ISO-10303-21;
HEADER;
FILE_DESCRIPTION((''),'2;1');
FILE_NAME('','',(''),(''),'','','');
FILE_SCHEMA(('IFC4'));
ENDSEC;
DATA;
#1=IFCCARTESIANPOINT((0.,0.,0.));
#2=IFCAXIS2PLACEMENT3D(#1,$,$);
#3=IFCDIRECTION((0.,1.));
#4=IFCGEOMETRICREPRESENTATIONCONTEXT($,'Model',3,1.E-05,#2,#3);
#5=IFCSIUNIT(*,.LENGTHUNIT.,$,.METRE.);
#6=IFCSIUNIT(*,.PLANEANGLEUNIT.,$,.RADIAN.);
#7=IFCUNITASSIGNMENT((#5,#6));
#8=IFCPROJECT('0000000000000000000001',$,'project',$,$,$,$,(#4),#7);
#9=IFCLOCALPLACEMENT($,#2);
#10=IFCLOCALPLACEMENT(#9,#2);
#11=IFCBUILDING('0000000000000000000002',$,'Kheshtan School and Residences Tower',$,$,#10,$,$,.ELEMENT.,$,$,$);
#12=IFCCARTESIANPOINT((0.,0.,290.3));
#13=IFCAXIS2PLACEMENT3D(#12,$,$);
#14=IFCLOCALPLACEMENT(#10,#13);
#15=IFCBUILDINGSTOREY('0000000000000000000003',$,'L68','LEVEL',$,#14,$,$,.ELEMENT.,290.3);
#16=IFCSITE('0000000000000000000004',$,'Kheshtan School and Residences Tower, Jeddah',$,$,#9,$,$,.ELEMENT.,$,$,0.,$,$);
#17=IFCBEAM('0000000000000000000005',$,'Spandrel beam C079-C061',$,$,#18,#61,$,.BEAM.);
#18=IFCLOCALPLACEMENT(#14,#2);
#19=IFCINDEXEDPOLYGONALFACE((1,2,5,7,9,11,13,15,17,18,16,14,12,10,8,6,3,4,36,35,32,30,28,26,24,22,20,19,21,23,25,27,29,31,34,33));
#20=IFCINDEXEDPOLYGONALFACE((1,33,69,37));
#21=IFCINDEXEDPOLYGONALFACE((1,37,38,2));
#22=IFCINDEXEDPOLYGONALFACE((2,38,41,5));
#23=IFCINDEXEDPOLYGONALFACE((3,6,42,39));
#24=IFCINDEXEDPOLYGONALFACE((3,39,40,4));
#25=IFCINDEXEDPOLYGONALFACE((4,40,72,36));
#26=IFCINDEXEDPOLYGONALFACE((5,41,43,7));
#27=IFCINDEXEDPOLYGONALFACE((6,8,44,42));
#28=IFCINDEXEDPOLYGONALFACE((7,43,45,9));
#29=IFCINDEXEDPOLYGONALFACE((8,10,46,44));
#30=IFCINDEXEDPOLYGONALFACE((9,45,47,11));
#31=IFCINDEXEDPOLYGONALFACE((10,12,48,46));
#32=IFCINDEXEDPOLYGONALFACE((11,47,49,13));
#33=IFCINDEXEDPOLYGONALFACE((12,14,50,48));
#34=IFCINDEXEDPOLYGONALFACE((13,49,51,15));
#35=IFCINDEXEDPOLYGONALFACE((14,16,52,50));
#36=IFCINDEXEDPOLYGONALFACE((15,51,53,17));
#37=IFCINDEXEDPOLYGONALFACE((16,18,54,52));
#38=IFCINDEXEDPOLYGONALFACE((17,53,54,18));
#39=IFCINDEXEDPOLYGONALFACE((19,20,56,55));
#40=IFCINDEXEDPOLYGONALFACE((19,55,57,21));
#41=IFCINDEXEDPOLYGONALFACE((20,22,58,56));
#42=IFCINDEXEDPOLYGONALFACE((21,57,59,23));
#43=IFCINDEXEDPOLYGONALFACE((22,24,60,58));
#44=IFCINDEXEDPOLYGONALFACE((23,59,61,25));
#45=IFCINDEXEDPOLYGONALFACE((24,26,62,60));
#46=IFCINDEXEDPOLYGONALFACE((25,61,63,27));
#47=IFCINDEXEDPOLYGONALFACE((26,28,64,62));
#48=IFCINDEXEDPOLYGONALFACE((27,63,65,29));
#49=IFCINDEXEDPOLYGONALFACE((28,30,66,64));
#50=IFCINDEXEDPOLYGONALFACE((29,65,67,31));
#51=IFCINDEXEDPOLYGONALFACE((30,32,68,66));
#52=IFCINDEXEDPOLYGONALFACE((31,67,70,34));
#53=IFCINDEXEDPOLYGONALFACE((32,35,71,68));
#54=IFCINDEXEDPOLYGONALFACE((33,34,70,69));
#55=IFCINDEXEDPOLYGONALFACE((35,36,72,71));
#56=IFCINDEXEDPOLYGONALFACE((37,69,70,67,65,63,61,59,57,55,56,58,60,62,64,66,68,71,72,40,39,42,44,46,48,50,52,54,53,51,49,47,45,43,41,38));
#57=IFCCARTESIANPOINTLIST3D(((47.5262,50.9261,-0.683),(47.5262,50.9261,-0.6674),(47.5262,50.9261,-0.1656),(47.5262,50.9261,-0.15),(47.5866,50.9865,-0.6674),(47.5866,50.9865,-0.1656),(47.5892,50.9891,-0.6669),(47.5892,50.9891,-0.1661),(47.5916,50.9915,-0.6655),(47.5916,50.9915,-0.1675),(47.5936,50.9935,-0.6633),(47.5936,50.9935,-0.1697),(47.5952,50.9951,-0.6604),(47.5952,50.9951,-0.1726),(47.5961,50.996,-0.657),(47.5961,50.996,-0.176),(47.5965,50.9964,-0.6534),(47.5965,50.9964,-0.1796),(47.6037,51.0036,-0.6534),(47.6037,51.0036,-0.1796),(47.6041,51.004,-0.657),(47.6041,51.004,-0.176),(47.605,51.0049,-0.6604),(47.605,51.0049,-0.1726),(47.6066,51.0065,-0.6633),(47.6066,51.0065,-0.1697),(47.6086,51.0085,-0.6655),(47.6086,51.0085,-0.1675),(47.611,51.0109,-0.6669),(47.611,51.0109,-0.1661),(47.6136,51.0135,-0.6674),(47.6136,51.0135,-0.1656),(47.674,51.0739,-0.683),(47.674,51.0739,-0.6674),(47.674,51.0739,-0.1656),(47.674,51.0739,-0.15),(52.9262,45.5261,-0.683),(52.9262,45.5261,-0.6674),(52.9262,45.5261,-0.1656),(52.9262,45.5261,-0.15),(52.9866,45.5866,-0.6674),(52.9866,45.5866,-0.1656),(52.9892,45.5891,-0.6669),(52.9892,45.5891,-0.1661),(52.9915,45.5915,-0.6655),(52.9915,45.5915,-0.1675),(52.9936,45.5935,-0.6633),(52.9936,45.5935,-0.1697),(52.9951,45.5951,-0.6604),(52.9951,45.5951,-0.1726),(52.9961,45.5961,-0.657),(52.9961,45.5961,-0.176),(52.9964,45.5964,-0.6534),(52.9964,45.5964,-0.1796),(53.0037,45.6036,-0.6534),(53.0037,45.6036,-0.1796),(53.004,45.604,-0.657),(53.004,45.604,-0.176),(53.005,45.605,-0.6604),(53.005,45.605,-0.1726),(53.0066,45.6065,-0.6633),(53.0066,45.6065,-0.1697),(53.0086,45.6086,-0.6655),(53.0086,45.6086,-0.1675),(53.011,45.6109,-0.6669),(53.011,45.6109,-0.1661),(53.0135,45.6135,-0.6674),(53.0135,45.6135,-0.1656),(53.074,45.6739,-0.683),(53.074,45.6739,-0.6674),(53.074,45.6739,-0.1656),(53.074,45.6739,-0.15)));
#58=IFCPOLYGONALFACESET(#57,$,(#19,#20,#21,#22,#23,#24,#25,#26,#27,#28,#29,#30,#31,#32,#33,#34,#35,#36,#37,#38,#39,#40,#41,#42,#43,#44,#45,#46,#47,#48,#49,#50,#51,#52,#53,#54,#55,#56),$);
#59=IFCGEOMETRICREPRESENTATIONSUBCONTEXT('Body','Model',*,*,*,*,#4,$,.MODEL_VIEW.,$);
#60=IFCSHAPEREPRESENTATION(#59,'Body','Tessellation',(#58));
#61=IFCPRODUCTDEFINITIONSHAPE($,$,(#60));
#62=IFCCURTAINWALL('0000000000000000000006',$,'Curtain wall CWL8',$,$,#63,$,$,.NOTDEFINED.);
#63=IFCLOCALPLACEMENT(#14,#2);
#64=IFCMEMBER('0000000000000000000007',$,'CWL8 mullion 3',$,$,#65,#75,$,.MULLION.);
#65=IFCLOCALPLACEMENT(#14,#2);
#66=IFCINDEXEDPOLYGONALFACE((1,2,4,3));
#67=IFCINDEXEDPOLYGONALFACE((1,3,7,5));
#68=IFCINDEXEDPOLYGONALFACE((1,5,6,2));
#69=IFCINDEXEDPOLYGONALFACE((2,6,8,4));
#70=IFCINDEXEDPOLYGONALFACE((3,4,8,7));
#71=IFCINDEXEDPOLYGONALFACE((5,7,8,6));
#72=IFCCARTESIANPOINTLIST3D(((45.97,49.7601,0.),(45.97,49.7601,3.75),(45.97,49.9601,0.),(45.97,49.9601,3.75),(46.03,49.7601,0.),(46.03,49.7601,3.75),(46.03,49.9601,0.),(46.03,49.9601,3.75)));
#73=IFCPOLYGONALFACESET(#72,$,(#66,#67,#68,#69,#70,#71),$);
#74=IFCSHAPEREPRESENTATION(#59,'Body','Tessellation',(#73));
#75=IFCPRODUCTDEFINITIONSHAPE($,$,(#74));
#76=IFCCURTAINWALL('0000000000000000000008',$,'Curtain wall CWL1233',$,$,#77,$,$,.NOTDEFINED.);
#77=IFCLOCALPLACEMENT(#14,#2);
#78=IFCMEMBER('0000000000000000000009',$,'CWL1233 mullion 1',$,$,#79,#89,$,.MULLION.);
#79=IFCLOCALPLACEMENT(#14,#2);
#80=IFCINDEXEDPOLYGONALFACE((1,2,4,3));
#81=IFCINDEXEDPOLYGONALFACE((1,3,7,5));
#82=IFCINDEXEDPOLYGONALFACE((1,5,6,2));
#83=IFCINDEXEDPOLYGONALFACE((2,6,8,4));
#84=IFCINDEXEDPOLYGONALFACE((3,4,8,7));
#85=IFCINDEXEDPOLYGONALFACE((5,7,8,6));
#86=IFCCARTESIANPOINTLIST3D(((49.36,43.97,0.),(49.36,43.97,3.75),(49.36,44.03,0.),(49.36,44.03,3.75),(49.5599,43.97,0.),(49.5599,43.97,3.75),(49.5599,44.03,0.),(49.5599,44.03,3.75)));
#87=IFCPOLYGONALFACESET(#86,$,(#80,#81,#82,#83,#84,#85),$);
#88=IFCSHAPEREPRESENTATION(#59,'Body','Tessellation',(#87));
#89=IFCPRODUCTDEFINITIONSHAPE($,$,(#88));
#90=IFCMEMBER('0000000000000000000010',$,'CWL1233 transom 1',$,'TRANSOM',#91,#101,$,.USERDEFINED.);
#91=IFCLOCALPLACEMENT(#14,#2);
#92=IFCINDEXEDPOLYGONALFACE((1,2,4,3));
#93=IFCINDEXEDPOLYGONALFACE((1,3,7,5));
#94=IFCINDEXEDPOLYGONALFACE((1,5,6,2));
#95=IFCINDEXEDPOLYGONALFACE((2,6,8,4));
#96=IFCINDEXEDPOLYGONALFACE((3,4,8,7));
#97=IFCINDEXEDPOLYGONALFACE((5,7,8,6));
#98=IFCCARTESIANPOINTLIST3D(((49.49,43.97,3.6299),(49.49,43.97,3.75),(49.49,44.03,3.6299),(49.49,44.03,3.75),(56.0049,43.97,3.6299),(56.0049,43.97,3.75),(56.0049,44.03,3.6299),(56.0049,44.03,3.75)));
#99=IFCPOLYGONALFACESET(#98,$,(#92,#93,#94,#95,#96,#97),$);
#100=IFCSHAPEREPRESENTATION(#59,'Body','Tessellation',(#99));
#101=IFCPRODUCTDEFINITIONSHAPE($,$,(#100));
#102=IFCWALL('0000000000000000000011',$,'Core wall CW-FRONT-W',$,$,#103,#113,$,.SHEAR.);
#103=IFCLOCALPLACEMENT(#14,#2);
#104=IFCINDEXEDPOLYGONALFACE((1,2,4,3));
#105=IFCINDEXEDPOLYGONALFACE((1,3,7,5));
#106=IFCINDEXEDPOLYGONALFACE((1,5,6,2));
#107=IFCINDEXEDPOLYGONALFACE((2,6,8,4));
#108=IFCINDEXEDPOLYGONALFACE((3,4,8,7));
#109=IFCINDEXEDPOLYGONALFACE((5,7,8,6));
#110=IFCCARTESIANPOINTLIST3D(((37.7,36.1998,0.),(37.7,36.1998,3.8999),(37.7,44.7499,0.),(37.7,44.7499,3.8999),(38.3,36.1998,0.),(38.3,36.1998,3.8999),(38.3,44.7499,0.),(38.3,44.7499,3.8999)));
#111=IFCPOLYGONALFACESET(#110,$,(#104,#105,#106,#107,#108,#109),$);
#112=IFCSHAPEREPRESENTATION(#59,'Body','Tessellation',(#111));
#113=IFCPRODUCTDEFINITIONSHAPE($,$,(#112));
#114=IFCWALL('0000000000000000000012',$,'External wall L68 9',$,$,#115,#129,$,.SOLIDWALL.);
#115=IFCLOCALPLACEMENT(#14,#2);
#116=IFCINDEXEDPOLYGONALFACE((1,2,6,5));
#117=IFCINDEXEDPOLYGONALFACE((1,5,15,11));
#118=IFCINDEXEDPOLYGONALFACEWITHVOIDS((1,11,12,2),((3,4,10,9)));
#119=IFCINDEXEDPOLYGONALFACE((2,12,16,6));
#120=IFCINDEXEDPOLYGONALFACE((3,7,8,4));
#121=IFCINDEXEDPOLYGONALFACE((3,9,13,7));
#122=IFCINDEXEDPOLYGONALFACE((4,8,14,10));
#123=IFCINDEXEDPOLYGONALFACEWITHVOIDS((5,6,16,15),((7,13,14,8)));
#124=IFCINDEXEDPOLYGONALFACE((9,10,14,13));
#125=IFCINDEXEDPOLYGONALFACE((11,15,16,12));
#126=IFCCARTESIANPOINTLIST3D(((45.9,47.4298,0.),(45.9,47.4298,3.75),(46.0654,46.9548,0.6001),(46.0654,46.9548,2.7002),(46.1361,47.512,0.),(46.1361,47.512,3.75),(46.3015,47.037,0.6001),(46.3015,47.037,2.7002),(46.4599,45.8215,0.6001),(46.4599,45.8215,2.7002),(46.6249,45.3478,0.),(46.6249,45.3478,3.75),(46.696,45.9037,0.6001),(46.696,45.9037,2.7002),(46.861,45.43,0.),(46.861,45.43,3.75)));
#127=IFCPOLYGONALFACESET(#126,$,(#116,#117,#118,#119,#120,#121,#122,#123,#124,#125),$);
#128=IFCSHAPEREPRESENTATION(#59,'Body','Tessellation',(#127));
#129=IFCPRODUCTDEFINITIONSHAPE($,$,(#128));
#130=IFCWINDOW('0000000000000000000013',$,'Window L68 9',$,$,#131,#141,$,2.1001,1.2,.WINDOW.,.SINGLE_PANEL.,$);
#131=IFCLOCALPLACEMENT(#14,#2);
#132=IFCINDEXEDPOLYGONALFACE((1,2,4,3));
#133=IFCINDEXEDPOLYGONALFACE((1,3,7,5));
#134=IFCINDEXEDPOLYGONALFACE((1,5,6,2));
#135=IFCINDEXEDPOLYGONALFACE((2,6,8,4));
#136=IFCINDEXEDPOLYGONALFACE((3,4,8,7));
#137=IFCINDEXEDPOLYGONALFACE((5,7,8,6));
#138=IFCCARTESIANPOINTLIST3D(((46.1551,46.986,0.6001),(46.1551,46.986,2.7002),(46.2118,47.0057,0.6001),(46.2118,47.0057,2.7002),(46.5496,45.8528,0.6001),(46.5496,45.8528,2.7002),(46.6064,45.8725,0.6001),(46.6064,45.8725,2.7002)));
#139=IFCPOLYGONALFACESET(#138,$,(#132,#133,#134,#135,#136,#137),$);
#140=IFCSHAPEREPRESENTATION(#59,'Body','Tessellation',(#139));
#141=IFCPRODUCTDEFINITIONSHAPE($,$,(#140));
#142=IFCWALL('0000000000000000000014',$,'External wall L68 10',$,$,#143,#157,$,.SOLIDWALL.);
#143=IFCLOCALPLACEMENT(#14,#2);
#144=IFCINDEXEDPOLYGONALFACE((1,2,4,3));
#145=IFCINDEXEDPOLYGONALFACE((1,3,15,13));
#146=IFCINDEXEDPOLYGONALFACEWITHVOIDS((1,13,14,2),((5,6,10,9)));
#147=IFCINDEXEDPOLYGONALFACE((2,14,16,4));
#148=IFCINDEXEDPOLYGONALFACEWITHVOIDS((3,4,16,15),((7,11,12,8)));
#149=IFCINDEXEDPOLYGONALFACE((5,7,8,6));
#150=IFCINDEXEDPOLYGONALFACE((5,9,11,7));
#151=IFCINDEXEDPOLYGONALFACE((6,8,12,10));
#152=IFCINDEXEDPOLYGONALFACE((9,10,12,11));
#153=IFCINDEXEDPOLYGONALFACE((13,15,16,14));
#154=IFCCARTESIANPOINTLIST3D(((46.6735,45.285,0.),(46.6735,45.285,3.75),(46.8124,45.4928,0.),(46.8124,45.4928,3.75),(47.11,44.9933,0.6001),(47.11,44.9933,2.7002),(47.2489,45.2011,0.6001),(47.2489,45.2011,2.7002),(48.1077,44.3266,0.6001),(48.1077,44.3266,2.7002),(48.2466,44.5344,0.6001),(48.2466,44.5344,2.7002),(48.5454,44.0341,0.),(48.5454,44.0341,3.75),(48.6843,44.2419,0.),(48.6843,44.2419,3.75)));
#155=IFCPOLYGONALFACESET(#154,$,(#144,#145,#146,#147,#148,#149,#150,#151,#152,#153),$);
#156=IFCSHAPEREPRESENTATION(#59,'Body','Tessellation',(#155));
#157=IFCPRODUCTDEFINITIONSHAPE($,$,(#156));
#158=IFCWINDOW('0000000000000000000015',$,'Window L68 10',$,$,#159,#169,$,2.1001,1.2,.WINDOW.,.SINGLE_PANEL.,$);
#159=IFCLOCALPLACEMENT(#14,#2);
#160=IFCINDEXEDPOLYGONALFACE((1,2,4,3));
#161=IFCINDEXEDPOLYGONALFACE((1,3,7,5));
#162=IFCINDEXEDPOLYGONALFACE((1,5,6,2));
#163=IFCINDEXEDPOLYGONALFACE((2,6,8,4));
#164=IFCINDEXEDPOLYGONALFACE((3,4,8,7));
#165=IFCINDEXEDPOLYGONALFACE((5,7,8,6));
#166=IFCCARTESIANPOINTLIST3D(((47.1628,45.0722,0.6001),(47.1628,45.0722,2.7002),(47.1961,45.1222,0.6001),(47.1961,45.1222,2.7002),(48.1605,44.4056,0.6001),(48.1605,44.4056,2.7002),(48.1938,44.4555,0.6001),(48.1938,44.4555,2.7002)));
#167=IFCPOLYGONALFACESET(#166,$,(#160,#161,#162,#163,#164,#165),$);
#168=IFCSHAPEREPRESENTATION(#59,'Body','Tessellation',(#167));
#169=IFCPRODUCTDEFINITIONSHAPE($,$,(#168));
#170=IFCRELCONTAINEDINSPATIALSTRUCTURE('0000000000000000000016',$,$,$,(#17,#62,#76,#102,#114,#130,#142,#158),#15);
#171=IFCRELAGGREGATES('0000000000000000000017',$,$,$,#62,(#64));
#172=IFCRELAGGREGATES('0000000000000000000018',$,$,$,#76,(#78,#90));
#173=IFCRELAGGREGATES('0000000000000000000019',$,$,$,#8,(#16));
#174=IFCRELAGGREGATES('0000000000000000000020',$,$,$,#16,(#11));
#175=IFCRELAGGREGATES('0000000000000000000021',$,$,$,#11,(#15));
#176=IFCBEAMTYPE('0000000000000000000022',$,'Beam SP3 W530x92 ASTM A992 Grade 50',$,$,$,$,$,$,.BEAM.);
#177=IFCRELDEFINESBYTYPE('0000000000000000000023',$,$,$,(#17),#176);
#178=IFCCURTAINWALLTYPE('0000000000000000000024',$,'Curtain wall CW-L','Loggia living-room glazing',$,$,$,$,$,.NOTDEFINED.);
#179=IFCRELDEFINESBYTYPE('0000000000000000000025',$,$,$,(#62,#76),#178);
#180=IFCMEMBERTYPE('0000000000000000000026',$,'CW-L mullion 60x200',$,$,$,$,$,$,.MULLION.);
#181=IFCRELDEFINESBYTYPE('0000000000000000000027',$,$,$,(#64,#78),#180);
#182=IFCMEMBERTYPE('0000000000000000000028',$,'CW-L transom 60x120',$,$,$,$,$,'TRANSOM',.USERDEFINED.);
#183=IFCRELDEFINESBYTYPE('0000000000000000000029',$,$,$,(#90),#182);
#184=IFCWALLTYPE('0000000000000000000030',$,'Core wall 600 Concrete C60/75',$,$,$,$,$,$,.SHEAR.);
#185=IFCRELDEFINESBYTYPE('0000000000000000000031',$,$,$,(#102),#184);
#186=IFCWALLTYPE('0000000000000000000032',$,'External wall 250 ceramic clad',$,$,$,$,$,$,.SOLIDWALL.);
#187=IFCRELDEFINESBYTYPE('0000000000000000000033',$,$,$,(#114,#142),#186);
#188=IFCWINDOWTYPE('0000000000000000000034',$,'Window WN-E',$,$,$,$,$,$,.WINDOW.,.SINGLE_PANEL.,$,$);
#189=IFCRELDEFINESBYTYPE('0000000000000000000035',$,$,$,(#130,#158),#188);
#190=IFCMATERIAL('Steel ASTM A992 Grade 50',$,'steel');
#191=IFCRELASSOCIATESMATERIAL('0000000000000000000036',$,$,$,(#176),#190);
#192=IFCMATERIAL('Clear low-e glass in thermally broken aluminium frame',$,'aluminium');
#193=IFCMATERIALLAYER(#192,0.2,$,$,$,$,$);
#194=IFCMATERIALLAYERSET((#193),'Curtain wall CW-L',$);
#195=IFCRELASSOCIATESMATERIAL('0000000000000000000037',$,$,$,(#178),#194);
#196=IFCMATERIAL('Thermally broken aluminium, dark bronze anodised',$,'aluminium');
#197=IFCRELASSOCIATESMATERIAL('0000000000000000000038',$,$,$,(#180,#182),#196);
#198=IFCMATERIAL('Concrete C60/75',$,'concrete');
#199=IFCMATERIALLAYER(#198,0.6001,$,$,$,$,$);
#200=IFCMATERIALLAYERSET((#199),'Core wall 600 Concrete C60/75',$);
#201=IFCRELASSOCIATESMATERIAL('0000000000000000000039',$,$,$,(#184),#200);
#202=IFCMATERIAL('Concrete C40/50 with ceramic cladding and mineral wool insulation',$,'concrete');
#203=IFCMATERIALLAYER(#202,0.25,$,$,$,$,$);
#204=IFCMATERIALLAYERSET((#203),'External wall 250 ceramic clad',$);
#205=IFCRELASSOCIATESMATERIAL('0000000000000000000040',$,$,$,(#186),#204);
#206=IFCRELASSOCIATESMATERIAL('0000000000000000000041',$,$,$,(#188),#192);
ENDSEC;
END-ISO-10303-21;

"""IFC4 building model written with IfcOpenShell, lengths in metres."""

from ifc_helpers import new_model, si_unit, direction, frame, frame_2d, origin, origin_2d, place, context, subcontext, project, spatial, rectangle, i_section, extrude, source, transform, mapped, material, layer, layer_set, material_profile, profile_set, type_object, element, fill, aggregate, save


model = new_model("IFC4")

# Units and contexts
model_context = context("Model", 3, precision=1e-05, world=origin(), true_north=direction((0.0, 1.0)))
body_context = subcontext(model_context, "Body", "Model", "MODEL_VIEW")
ifc_project = project(units=[si_unit("LENGTHUNIT", "METRE"), si_unit("PLANEANGLEUNIT", "RADIAN")], contexts=[model_context])

# Site, building, storey
site_placement = place(None, origin())
site = spatial("IfcSite", under=ifc_project, at=site_placement, Name="Kheshtan School and Residences Tower, Jeddah", CompositionType="ELEMENT", RefElevation=0.0)
building_placement = place(site_placement, origin())
building = spatial("IfcBuilding", under=site, at=building_placement, Name="Kheshtan School and Residences Tower", CompositionType="ELEMENT")
storey_placement = place(building_placement, frame((0.0, 0.0, 290.3)))
storey = spatial("IfcBuildingStorey", under=building, at=storey_placement, Name="L68", Description="LEVEL", CompositionType="ELEMENT", Elevation=290.3)

# Shared definitions
ifc_material_1 = material(Name="Steel ASTM A992 Grade 50", Category="steel")

# Beam
ifc_material_profile_1 = material_profile(ifc_material_1, i_section(OverallWidth=0.209, OverallDepth=0.533, WebThickness=0.0103, FlangeThickness=0.0156, FilletRadius=0.0139, at=origin_2d()), Name="W530x92")
ifc_profile_set_1 = profile_set([ifc_material_profile_1], Name="Steel ASTM A992 Grade 50")
beam_type_1 = type_object("IfcBeamType", Name="Beam SP3 W530x92 ASTM A992 Grade 50", PredefinedType="BEAM", material=ifc_profile_set_1)
beam_1_placement = place(storey_placement, frame((47.6001, 51.0, -0.4165), z_axis=(0.707107, -0.707107, 0.0), x_axis=(0.707107, 0.707107, 0.0)))
element("IfcBeam", 1, at=beam_1_placement, inside=storey, type_object=beam_type_1, Name="Spandrel beam C079-C061", PredefinedType="BEAM", context=body_context, shape_type="SweptSolid", body=[
    extrude(i_section(OverallWidth=0.209, OverallDepth=0.533, WebThickness=0.0103, FlangeThickness=0.0156, FilletRadius=0.0139, at=origin_2d()), origin(), (0.0, 0.0, 1.0), 7.6367),
])

# Curtain wall, member
ifc_material_2 = material(Name="Clear low-e glass in thermally broken aluminium frame", Category="aluminium")
ifc_layer_1 = layer(ifc_material_2, 0.2)
ifc_layer_set_1 = layer_set([ifc_layer_1], Name="Curtain wall CW-L")
curtain_wall_type = type_object("IfcCurtainWallType", Name="Curtain wall CW-L", Description="Loggia living-room glazing", PredefinedType="NOTDEFINED", material=ifc_layer_set_1)
curtain_wall_1_placement = place(storey_placement, origin())
curtain_wall_1 = element("IfcCurtainWall", 2, at=curtain_wall_1_placement, inside=storey, type_object=curtain_wall_type, Name="Curtain wall CWL8", PredefinedType="NOTDEFINED")
ifc_material_3 = material(Name="Thermally broken aluminium, dark bronze anodised", Category="aluminium")
ifc_material_profile_2 = material_profile(ifc_material_3, rectangle(XDim=0.0601, YDim=0.2, at=origin_2d()), Name="CW-L mullion 60x200")
ifc_profile_set_2 = profile_set([ifc_material_profile_2], Name="Thermally broken aluminium, dark bronze anodised")
member_type_1 = type_object("IfcMemberType", Name="CW-L mullion 60x200", PredefinedType="MULLION", material=ifc_profile_set_2)
member_1_placement = place(storey_placement, frame((46.0, 49.8601, 0.0), z_axis=(0.0, 0.0, 1.0), x_axis=(1.0, 0.0, 0.0)))
member_1 = element("IfcMember", 3, at=member_1_placement, type_object=member_type_1, Name="CWL8 mullion 3", PredefinedType="MULLION", context=body_context, shape_type="SweptSolid", body=[
    extrude(rectangle(XDim=0.0601, YDim=0.2, at=origin_2d()), origin(), (0.0, 0.0, 1.0), 3.75),
])
aggregate(curtain_wall_1, [member_1])

# Curtain wall, members
curtain_wall_2_placement = place(storey_placement, origin())
curtain_wall_2 = element("IfcCurtainWall", 4, at=curtain_wall_2_placement, inside=storey, type_object=curtain_wall_type, Name="Curtain wall CWL1233", PredefinedType="NOTDEFINED")
member_2_placement = place(storey_placement, frame((49.46, 44.0, 0.0), z_axis=(0.0, 0.0, 1.0), x_axis=(0.0, 1.0, 0.0)))
member_2 = element("IfcMember", 5, at=member_2_placement, type_object=member_type_1, Name="CWL1233 mullion 1", PredefinedType="MULLION", context=body_context, shape_type="SweptSolid", body=[
    extrude(rectangle(XDim=0.0601, YDim=0.2, at=origin_2d()), origin(), (0.0, 0.0, 1.0), 3.75),
])
ifc_material_profile_3 = material_profile(ifc_material_3, rectangle(XDim=0.0601, YDim=0.1201, at=origin_2d()), Name="CW-L transom 60x120")
ifc_profile_set_3 = profile_set([ifc_material_profile_3], Name="Thermally broken aluminium, dark bronze anodised")
member_type_2 = type_object("IfcMemberType", Name="CW-L transom 60x120", ElementType="TRANSOM", PredefinedType="USERDEFINED", material=ifc_profile_set_3)
member_3_placement = place(storey_placement, frame((49.49, 44.0, 3.6899), z_axis=(1.0, 0.0, 0.0), x_axis=(0.0, 1.0, 0.0)))
member_3 = element("IfcMember", 6, at=member_3_placement, type_object=member_type_2, Name="CWL1233 transom 1", ObjectType="TRANSOM", PredefinedType="USERDEFINED", context=body_context, shape_type="SweptSolid", body=[
    extrude(rectangle(XDim=0.0601, YDim=0.1201, at=origin_2d()), origin(), (0.0, 0.0, 1.0), 6.5149),
])
aggregate(curtain_wall_2, [member_2, member_3])

# Wall
ifc_material_4 = material(Name="Concrete C60/75", Category="concrete")
ifc_layer_2 = layer(ifc_material_4, 0.6001)
ifc_layer_set_2 = layer_set([ifc_layer_2], Name="Core wall 600 Concrete C60/75")
wall_type_1 = type_object("IfcWallType", Name="Core wall 600 Concrete C60/75", PredefinedType="SHEAR", material=ifc_layer_set_2)
wall_1_placement = place(storey_placement, frame((38.0, 36.2, 0.0), z_axis=(0.0, 0.0, 1.0), x_axis=(0.0, 1.0, 0.0)))
element("IfcWall", 7, at=wall_1_placement, inside=storey, type_object=wall_type_1, Name="Core wall CW-FRONT-W", PredefinedType="SHEAR", context=body_context, shape_type="SweptSolid", body=[
    extrude(rectangle(XDim=8.55, YDim=0.6001, at=frame_2d((4.2749, 0.0))), origin(), (0.0, 0.0, 1.0), 3.8999),
])

# Walls, openings, windows
ifc_material_5 = material(Name="Concrete C40/50 with ceramic cladding and mineral wool insulation", Category="concrete")
ifc_layer_3 = layer(ifc_material_5, 0.25)
ifc_layer_set_3 = layer_set([ifc_layer_3], Name="External wall 250 ceramic clad")
wall_type_2 = type_object("IfcWallType", Name="External wall 250 ceramic clad", PredefinedType="SOLIDWALL", material=ifc_layer_set_3)
wall_2_placement = place(storey_placement, frame((46.0181, 47.4709, 0.0), z_axis=(0.0, 0.0, 1.0), x_axis=(0.328791, -0.944403, 0.0)))
wall_2 = element("IfcWall", 8, at=wall_2_placement, inside=storey, type_object=wall_type_2, Name="External wall L68 9", PredefinedType="SOLIDWALL", context=body_context, shape_type="SweptSolid", body=[
    extrude(rectangle(XDim=2.2046, YDim=0.25, at=frame_2d((1.1023, 0.0))), origin(), (0.0, 0.0, 1.0), 3.75),
])
opening_1_placement = place(wall_2_placement, frame((0.5029, 0.0, 0.6001)))
opening_1 = element("IfcOpeningElement", 9, at=opening_1_placement, cuts=wall_2, PredefinedType="OPENING", context=body_context, shape_type="SweptSolid", body=[
    extrude(rectangle(XDim=1.2, YDim=2.1001, at=frame_2d((0.6001, 1.05))), frame((0.0, 0.135, 0.0), z_axis=(0.0, -1.0, 0.0), x_axis=(1.0, 0.0, 0.0)), (0.0, 0.0, 1.0), 0.27),
])
window_type = type_object("IfcWindowType", Name="Window WN-E", PartitioningType="SINGLE_PANEL", PredefinedType="WINDOW", material=ifc_material_2)
shared_shape_1 = source(origin(), body_context, "Body", "SweptSolid", [
    extrude(rectangle(XDim=1.2, YDim=2.1001, at=frame_2d((0.6001, 1.05))), frame((0.0, 0.03, 0.0), z_axis=(0.0, -1.0, 0.0), x_axis=(1.0, 0.0, 0.0)), (0.0, 0.0, 1.0), 0.0601),
])
window_1_placement = place(opening_1_placement, origin())
window_1 = element("IfcWindow", 10, at=window_1_placement, inside=storey, type_object=window_type, Name="Window L68 9", OverallHeight=2.1001, OverallWidth=1.2, PartitioningType="SINGLE_PANEL", PredefinedType="WINDOW", context=body_context, shape_type="MappedRepresentation", body=[
    mapped(shared_shape_1, transform((0.0, 0.0, 0.0), x_axis=(1.0, 0.0, 0.0), y_axis=(0.0, 1.0, 0.0), z_axis=(0.0, 0.0, 1.0), scale=1.0)),
])
fill(opening_1, window_1)
wall_3_placement = place(storey_placement, frame((46.7429, 45.3889, 0.0), z_axis=(0.0, 0.0, 1.0), x_axis=(0.831449, -0.555601, 0.0)))
wall_3 = element("IfcWall", 11, at=wall_3_placement, inside=storey, type_object=wall_type_2, Name="External wall L68 10", PredefinedType="SOLIDWALL", context=body_context, shape_type="SweptSolid", body=[
    extrude(rectangle(XDim=2.2515, YDim=0.25, at=frame_2d((1.1257, 0.0))), origin(), (0.0, 0.0, 1.0), 3.75),
])
opening_2_placement = place(wall_3_placement, frame((0.5249, 0.0, 0.6001)))
opening_2 = element("IfcOpeningElement", 12, at=opening_2_placement, cuts=wall_3, PredefinedType="OPENING", context=body_context, shape_type="SweptSolid", body=[
    extrude(rectangle(XDim=1.2, YDim=2.1001, at=frame_2d((0.6001, 1.05))), frame((0.0, 0.135, 0.0), z_axis=(0.0, -1.0, 0.0), x_axis=(1.0, 0.0, 0.0)), (0.0, 0.0, 1.0), 0.27),
])
window_2_placement = place(opening_2_placement, origin())
window_2 = element("IfcWindow", 13, at=window_2_placement, inside=storey, type_object=window_type, Name="Window L68 10", OverallHeight=2.1001, OverallWidth=1.2, PartitioningType="SINGLE_PANEL", PredefinedType="WINDOW", context=body_context, shape_type="MappedRepresentation", body=[
    mapped(shared_shape_1, transform((0.0, 0.0, 0.0), x_axis=(1.0, 0.0, 0.0), y_axis=(0.0, 1.0, 0.0), z_axis=(0.0, 0.0, 1.0), scale=1.0)),
])
fill(opening_2, window_2)

save(model, "model.ifc")
